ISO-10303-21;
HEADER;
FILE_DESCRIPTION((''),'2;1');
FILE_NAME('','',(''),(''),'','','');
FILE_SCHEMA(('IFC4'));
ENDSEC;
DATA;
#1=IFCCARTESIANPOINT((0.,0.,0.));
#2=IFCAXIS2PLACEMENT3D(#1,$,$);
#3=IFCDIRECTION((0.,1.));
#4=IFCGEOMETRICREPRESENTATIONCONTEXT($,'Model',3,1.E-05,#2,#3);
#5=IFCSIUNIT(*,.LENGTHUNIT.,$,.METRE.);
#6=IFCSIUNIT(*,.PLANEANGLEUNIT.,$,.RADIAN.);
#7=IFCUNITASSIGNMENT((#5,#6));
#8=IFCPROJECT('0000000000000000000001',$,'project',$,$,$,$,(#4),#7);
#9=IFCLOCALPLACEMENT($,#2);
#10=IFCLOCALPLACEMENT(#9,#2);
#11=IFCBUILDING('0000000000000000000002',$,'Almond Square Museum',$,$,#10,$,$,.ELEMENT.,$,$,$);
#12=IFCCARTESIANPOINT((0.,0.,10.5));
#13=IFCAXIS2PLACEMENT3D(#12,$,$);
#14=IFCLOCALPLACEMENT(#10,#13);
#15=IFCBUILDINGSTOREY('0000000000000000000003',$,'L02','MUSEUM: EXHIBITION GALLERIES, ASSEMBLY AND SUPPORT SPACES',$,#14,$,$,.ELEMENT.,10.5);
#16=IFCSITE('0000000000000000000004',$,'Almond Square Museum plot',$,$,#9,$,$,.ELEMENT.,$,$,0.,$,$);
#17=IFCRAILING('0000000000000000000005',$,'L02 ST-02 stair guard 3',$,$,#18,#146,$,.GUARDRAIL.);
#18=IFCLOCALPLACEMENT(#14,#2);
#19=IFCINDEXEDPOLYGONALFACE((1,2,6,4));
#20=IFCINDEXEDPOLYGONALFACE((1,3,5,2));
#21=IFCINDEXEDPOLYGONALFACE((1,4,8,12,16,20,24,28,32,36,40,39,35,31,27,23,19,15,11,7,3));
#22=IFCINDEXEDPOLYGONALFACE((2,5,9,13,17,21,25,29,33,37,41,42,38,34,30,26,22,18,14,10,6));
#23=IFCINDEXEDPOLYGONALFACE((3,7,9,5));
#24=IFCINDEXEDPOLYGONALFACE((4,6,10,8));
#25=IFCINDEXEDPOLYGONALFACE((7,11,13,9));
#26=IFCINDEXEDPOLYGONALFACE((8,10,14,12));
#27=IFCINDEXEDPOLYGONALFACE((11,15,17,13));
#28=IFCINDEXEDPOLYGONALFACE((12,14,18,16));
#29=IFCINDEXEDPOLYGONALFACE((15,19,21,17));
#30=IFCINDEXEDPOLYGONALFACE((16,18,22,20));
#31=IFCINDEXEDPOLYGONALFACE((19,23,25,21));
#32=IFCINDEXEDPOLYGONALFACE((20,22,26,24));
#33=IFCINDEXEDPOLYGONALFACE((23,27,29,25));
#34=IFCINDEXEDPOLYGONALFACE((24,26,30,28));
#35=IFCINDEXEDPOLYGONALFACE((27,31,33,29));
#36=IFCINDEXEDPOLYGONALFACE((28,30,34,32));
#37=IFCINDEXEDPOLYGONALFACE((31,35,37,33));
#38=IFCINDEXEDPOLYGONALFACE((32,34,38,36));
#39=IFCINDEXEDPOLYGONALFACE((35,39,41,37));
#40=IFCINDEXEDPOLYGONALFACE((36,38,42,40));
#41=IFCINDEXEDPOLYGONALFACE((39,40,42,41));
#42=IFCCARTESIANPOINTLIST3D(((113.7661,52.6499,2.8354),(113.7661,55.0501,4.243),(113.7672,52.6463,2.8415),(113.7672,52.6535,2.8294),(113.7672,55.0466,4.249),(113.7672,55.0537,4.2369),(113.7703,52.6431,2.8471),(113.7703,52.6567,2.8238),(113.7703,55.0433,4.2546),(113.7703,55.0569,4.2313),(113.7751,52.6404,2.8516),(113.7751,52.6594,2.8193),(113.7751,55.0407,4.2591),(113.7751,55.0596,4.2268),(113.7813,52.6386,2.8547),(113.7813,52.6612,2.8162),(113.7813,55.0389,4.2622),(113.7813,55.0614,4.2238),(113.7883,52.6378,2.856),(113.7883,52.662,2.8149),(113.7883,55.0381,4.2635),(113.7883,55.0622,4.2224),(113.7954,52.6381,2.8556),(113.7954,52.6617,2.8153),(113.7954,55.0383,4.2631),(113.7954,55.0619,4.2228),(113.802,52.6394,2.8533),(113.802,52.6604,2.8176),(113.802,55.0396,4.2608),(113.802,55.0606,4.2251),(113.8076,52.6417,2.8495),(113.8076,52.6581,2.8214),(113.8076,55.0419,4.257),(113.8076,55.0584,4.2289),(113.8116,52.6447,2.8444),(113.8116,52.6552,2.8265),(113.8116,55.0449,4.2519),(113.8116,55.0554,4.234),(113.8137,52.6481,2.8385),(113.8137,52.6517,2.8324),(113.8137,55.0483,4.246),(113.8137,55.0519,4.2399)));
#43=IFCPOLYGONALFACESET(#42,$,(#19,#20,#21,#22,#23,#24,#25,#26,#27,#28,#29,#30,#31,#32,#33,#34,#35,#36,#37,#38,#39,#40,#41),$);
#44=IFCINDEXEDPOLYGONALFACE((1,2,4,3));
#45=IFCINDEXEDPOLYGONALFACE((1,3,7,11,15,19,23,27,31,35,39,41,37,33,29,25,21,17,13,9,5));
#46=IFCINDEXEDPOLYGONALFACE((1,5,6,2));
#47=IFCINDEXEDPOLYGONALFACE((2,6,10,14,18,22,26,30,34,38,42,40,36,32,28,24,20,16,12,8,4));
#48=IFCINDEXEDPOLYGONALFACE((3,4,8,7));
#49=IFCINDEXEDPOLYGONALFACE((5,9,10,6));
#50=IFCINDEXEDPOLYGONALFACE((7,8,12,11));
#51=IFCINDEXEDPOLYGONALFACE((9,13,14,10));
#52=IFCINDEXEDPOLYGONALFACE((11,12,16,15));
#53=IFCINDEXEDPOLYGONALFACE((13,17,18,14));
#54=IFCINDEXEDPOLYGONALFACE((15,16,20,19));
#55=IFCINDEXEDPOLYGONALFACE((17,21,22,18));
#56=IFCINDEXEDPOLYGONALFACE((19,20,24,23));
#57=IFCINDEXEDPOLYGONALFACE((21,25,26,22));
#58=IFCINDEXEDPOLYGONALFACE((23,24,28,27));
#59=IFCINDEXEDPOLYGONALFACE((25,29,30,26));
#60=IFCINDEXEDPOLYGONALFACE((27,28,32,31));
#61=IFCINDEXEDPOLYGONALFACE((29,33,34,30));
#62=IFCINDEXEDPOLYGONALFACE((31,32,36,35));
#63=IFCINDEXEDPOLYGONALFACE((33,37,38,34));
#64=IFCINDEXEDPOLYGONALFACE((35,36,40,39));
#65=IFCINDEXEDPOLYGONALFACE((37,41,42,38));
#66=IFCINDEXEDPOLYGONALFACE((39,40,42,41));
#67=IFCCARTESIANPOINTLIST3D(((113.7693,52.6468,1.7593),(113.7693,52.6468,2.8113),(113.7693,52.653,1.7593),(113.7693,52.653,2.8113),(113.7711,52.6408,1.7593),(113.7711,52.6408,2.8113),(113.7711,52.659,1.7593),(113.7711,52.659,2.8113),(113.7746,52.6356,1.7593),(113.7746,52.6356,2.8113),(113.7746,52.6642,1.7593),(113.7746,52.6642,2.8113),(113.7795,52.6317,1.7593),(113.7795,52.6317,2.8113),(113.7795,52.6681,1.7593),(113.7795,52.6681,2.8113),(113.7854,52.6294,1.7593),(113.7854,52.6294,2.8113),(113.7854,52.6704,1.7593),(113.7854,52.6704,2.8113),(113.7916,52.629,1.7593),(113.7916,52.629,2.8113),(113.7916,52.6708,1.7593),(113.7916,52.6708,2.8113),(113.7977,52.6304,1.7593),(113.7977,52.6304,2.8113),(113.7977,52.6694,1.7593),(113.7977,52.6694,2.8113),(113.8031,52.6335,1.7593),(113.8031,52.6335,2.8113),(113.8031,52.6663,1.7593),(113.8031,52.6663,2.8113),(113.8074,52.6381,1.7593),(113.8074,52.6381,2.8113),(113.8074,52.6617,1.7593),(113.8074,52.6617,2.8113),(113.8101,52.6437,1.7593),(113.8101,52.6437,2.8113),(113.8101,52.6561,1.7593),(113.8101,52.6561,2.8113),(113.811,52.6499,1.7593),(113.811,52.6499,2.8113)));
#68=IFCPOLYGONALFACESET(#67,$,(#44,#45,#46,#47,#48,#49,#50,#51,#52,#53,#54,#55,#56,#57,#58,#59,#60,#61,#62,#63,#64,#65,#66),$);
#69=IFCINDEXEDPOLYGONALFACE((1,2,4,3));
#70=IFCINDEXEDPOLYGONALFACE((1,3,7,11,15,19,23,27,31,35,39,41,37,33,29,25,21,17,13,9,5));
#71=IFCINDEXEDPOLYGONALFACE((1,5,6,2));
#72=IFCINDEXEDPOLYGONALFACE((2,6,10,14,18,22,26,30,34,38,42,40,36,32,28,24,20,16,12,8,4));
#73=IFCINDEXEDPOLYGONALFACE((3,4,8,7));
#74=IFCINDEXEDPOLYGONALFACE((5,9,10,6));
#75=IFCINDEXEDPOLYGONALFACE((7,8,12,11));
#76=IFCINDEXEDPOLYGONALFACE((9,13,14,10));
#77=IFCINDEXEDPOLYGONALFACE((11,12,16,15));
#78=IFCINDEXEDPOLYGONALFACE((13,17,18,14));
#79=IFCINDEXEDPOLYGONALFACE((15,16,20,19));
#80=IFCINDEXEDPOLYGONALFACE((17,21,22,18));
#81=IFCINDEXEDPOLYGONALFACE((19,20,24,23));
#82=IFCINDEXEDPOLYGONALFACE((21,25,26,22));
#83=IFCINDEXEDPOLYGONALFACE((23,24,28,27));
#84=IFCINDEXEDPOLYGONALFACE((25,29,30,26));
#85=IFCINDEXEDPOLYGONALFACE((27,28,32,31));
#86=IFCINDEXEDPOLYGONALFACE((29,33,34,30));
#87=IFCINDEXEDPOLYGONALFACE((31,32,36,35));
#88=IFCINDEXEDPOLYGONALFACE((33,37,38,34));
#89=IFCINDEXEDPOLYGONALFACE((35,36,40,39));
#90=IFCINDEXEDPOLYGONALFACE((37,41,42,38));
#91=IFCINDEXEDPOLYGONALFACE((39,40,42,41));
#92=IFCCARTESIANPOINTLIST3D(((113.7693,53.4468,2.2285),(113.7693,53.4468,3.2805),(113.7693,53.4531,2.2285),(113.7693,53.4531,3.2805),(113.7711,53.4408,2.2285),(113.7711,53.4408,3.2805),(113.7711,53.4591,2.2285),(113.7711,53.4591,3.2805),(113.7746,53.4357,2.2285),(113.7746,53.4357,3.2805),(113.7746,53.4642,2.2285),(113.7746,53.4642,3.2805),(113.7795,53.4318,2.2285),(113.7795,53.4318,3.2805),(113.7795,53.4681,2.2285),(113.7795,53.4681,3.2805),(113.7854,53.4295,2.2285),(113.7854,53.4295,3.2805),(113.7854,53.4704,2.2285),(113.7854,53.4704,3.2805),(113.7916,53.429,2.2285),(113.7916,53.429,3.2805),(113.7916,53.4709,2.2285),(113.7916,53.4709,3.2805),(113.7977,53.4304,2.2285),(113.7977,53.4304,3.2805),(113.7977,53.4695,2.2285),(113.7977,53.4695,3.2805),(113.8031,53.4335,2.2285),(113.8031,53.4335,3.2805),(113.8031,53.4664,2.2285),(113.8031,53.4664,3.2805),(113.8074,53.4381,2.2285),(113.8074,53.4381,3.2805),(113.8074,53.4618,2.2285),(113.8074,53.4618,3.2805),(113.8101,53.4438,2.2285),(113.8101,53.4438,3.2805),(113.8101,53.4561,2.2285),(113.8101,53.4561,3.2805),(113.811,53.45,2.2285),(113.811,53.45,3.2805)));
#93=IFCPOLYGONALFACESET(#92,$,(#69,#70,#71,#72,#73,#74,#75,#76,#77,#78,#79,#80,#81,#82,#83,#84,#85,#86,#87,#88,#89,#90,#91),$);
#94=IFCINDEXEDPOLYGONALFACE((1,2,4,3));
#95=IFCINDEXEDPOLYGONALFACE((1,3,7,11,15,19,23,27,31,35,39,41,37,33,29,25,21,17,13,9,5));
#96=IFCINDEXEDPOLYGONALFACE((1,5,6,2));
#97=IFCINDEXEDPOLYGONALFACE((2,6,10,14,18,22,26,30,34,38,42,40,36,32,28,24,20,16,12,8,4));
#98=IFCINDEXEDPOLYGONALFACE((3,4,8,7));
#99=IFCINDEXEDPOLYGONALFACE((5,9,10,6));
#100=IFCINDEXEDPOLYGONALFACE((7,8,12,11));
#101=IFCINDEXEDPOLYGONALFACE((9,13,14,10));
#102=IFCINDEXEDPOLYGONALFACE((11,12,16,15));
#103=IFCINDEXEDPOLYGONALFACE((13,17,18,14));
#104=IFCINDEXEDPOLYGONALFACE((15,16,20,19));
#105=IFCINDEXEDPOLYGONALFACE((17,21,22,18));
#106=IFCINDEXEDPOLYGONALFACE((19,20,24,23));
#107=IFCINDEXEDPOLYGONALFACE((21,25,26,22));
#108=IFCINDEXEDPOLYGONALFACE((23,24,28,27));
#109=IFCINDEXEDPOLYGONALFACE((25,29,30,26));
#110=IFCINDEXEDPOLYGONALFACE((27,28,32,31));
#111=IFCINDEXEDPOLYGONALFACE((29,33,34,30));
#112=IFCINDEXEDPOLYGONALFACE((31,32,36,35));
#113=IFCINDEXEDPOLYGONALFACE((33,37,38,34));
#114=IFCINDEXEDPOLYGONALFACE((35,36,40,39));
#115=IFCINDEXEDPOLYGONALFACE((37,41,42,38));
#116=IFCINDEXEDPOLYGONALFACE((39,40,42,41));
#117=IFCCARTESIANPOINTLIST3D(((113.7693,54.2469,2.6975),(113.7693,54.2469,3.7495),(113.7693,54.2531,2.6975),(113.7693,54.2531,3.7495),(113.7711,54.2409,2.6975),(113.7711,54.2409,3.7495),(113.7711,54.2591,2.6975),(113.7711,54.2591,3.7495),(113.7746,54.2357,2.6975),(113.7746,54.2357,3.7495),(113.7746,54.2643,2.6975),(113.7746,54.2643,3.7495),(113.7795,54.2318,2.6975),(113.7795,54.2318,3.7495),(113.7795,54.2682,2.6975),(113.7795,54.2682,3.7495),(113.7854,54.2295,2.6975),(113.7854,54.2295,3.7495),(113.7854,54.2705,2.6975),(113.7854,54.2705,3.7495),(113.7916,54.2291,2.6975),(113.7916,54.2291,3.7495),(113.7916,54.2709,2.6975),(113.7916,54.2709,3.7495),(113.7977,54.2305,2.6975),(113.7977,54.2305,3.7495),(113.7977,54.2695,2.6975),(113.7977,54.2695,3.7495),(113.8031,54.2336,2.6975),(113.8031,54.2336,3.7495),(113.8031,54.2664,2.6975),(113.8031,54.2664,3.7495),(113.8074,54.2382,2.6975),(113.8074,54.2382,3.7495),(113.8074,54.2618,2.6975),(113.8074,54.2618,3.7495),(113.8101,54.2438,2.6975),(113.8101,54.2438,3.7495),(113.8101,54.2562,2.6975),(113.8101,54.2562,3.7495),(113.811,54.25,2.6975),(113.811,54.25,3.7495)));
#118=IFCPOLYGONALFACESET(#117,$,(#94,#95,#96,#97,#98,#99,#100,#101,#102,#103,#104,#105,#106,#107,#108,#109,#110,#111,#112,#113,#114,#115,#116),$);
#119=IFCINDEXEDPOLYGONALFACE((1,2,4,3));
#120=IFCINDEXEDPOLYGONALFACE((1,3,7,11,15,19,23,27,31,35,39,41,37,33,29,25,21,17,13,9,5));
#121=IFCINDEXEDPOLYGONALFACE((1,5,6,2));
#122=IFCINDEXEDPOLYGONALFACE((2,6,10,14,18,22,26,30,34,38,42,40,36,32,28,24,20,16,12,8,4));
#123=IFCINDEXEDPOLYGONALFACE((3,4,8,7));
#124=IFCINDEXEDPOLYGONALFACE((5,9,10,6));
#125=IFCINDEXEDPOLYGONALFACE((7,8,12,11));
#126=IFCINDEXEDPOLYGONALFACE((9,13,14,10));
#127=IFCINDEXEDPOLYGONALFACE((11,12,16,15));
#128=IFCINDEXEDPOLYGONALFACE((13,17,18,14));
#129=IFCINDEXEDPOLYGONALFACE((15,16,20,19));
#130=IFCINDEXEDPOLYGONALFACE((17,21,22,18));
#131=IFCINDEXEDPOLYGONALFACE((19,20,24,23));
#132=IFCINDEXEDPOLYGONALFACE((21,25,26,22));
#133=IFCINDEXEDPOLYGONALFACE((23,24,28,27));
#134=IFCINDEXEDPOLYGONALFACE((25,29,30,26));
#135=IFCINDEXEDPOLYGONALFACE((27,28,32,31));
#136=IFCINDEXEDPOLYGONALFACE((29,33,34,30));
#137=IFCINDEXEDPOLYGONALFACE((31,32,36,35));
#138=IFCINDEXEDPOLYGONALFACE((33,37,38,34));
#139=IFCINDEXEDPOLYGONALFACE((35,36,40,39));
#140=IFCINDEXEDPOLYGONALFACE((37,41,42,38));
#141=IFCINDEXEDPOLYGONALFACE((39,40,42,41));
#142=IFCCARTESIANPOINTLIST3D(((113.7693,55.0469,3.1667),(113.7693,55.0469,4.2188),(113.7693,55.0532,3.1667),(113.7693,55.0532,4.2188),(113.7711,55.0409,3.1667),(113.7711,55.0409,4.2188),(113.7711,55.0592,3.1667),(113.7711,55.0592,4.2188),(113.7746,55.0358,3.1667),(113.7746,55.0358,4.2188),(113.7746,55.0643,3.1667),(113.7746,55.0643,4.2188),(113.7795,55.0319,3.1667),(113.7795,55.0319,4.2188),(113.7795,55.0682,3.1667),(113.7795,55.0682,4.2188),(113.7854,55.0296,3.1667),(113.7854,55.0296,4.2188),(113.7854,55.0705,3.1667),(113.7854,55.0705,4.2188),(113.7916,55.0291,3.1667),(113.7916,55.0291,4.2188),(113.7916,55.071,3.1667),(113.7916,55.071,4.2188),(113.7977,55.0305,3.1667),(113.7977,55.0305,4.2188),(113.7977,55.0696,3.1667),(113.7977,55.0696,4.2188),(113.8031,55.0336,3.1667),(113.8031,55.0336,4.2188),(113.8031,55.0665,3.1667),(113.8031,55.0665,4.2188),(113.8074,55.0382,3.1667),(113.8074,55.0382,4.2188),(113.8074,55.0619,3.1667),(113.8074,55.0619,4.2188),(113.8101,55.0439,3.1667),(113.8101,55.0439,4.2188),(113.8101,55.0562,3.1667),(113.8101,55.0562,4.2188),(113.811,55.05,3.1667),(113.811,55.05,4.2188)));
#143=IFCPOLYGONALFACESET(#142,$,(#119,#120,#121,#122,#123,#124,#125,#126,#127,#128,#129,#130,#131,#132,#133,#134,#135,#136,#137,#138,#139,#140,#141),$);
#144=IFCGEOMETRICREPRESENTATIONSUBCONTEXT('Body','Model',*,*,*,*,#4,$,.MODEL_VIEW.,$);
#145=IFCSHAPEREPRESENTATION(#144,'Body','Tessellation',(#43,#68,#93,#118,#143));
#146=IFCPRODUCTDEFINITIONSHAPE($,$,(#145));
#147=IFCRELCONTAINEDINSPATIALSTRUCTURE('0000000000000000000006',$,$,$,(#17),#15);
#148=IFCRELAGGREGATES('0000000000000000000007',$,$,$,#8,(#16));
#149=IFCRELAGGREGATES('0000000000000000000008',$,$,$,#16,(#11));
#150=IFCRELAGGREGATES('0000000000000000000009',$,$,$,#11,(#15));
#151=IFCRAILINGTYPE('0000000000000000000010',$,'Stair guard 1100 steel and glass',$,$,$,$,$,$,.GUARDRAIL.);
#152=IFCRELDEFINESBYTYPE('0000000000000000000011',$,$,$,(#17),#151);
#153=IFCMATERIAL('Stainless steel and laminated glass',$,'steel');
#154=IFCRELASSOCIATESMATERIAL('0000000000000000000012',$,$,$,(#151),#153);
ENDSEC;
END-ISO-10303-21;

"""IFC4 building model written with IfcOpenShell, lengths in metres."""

from ifc_helpers import new_model, si_unit, direction, frame, origin, origin_2d, place, context, subcontext, project, spatial, circle, extrude, material, type_object, element, save


model = new_model("IFC4")

# Units and contexts
model_context = context("Model", 3, precision=1e-05, world=origin(), true_north=direction((0.0, 1.0)))
body_context = subcontext(model_context, "Body", "Model", "MODEL_VIEW")
ifc_project = project(units=[si_unit("LENGTHUNIT", "METRE"), si_unit("PLANEANGLEUNIT", "RADIAN")], contexts=[model_context])

# Site, building, storey
site_placement = place(None, origin())
site = spatial("IfcSite", under=ifc_project, at=site_placement, Name="Almond Square Museum plot", CompositionType="ELEMENT", RefElevation=0.0)
building_placement = place(site_placement, origin())
building = spatial("IfcBuilding", under=site, at=building_placement, Name="Almond Square Museum", CompositionType="ELEMENT")
storey_placement = place(building_placement, frame((0.0, 0.0, 10.5)))
storey = spatial("IfcBuildingStorey", under=building, at=storey_placement, Name="L02", Description="MUSEUM: EXHIBITION GALLERIES, ASSEMBLY AND SUPPORT SPACES", CompositionType="ELEMENT", Elevation=10.5)

# Railing
ifc_material_1 = material(Name="Stainless steel and laminated glass", Category="steel")
railing_type_1 = type_object("IfcRailingType", Name="Stair guard 1100 steel and glass", PredefinedType="GUARDRAIL", material=ifc_material_1)
railing_1_placement = place(storey_placement, frame((113.79, 52.6499, 1.7593)))
element("IfcRailing", 1, at=railing_1_placement, inside=storey, type_object=railing_type_1, Name="L02 ST-02 stair guard 3", PredefinedType="GUARDRAIL", context=body_context, shape_type="SweptSolid", body=[
    extrude(circle(Radius=0.0239, at=origin_2d()), frame((0.0, 0.0, 1.0762), z_axis=(0.0, 0.862621, 0.50585), x_axis=(-1.0, 0.0, 0.0)), (0.0, 0.0, 1.0), 2.7825),
    extrude(circle(Radius=0.021, at=origin_2d()), origin(), (0.0, 0.0, 1.0), 1.052),
    extrude(circle(Radius=0.021, at=origin_2d()), frame((0.0, 0.8, 0.4692)), (0.0, 0.0, 1.0), 1.052),
    extrude(circle(Radius=0.021, at=origin_2d()), frame((0.0, 1.6001, 0.9382)), (0.0, 0.0, 1.0), 1.052),
    extrude(circle(Radius=0.021, at=origin_2d()), frame((0.0, 2.4001, 1.4075)), (0.0, 0.0, 1.0), 1.052),
])

save(model, "model.ifc")
